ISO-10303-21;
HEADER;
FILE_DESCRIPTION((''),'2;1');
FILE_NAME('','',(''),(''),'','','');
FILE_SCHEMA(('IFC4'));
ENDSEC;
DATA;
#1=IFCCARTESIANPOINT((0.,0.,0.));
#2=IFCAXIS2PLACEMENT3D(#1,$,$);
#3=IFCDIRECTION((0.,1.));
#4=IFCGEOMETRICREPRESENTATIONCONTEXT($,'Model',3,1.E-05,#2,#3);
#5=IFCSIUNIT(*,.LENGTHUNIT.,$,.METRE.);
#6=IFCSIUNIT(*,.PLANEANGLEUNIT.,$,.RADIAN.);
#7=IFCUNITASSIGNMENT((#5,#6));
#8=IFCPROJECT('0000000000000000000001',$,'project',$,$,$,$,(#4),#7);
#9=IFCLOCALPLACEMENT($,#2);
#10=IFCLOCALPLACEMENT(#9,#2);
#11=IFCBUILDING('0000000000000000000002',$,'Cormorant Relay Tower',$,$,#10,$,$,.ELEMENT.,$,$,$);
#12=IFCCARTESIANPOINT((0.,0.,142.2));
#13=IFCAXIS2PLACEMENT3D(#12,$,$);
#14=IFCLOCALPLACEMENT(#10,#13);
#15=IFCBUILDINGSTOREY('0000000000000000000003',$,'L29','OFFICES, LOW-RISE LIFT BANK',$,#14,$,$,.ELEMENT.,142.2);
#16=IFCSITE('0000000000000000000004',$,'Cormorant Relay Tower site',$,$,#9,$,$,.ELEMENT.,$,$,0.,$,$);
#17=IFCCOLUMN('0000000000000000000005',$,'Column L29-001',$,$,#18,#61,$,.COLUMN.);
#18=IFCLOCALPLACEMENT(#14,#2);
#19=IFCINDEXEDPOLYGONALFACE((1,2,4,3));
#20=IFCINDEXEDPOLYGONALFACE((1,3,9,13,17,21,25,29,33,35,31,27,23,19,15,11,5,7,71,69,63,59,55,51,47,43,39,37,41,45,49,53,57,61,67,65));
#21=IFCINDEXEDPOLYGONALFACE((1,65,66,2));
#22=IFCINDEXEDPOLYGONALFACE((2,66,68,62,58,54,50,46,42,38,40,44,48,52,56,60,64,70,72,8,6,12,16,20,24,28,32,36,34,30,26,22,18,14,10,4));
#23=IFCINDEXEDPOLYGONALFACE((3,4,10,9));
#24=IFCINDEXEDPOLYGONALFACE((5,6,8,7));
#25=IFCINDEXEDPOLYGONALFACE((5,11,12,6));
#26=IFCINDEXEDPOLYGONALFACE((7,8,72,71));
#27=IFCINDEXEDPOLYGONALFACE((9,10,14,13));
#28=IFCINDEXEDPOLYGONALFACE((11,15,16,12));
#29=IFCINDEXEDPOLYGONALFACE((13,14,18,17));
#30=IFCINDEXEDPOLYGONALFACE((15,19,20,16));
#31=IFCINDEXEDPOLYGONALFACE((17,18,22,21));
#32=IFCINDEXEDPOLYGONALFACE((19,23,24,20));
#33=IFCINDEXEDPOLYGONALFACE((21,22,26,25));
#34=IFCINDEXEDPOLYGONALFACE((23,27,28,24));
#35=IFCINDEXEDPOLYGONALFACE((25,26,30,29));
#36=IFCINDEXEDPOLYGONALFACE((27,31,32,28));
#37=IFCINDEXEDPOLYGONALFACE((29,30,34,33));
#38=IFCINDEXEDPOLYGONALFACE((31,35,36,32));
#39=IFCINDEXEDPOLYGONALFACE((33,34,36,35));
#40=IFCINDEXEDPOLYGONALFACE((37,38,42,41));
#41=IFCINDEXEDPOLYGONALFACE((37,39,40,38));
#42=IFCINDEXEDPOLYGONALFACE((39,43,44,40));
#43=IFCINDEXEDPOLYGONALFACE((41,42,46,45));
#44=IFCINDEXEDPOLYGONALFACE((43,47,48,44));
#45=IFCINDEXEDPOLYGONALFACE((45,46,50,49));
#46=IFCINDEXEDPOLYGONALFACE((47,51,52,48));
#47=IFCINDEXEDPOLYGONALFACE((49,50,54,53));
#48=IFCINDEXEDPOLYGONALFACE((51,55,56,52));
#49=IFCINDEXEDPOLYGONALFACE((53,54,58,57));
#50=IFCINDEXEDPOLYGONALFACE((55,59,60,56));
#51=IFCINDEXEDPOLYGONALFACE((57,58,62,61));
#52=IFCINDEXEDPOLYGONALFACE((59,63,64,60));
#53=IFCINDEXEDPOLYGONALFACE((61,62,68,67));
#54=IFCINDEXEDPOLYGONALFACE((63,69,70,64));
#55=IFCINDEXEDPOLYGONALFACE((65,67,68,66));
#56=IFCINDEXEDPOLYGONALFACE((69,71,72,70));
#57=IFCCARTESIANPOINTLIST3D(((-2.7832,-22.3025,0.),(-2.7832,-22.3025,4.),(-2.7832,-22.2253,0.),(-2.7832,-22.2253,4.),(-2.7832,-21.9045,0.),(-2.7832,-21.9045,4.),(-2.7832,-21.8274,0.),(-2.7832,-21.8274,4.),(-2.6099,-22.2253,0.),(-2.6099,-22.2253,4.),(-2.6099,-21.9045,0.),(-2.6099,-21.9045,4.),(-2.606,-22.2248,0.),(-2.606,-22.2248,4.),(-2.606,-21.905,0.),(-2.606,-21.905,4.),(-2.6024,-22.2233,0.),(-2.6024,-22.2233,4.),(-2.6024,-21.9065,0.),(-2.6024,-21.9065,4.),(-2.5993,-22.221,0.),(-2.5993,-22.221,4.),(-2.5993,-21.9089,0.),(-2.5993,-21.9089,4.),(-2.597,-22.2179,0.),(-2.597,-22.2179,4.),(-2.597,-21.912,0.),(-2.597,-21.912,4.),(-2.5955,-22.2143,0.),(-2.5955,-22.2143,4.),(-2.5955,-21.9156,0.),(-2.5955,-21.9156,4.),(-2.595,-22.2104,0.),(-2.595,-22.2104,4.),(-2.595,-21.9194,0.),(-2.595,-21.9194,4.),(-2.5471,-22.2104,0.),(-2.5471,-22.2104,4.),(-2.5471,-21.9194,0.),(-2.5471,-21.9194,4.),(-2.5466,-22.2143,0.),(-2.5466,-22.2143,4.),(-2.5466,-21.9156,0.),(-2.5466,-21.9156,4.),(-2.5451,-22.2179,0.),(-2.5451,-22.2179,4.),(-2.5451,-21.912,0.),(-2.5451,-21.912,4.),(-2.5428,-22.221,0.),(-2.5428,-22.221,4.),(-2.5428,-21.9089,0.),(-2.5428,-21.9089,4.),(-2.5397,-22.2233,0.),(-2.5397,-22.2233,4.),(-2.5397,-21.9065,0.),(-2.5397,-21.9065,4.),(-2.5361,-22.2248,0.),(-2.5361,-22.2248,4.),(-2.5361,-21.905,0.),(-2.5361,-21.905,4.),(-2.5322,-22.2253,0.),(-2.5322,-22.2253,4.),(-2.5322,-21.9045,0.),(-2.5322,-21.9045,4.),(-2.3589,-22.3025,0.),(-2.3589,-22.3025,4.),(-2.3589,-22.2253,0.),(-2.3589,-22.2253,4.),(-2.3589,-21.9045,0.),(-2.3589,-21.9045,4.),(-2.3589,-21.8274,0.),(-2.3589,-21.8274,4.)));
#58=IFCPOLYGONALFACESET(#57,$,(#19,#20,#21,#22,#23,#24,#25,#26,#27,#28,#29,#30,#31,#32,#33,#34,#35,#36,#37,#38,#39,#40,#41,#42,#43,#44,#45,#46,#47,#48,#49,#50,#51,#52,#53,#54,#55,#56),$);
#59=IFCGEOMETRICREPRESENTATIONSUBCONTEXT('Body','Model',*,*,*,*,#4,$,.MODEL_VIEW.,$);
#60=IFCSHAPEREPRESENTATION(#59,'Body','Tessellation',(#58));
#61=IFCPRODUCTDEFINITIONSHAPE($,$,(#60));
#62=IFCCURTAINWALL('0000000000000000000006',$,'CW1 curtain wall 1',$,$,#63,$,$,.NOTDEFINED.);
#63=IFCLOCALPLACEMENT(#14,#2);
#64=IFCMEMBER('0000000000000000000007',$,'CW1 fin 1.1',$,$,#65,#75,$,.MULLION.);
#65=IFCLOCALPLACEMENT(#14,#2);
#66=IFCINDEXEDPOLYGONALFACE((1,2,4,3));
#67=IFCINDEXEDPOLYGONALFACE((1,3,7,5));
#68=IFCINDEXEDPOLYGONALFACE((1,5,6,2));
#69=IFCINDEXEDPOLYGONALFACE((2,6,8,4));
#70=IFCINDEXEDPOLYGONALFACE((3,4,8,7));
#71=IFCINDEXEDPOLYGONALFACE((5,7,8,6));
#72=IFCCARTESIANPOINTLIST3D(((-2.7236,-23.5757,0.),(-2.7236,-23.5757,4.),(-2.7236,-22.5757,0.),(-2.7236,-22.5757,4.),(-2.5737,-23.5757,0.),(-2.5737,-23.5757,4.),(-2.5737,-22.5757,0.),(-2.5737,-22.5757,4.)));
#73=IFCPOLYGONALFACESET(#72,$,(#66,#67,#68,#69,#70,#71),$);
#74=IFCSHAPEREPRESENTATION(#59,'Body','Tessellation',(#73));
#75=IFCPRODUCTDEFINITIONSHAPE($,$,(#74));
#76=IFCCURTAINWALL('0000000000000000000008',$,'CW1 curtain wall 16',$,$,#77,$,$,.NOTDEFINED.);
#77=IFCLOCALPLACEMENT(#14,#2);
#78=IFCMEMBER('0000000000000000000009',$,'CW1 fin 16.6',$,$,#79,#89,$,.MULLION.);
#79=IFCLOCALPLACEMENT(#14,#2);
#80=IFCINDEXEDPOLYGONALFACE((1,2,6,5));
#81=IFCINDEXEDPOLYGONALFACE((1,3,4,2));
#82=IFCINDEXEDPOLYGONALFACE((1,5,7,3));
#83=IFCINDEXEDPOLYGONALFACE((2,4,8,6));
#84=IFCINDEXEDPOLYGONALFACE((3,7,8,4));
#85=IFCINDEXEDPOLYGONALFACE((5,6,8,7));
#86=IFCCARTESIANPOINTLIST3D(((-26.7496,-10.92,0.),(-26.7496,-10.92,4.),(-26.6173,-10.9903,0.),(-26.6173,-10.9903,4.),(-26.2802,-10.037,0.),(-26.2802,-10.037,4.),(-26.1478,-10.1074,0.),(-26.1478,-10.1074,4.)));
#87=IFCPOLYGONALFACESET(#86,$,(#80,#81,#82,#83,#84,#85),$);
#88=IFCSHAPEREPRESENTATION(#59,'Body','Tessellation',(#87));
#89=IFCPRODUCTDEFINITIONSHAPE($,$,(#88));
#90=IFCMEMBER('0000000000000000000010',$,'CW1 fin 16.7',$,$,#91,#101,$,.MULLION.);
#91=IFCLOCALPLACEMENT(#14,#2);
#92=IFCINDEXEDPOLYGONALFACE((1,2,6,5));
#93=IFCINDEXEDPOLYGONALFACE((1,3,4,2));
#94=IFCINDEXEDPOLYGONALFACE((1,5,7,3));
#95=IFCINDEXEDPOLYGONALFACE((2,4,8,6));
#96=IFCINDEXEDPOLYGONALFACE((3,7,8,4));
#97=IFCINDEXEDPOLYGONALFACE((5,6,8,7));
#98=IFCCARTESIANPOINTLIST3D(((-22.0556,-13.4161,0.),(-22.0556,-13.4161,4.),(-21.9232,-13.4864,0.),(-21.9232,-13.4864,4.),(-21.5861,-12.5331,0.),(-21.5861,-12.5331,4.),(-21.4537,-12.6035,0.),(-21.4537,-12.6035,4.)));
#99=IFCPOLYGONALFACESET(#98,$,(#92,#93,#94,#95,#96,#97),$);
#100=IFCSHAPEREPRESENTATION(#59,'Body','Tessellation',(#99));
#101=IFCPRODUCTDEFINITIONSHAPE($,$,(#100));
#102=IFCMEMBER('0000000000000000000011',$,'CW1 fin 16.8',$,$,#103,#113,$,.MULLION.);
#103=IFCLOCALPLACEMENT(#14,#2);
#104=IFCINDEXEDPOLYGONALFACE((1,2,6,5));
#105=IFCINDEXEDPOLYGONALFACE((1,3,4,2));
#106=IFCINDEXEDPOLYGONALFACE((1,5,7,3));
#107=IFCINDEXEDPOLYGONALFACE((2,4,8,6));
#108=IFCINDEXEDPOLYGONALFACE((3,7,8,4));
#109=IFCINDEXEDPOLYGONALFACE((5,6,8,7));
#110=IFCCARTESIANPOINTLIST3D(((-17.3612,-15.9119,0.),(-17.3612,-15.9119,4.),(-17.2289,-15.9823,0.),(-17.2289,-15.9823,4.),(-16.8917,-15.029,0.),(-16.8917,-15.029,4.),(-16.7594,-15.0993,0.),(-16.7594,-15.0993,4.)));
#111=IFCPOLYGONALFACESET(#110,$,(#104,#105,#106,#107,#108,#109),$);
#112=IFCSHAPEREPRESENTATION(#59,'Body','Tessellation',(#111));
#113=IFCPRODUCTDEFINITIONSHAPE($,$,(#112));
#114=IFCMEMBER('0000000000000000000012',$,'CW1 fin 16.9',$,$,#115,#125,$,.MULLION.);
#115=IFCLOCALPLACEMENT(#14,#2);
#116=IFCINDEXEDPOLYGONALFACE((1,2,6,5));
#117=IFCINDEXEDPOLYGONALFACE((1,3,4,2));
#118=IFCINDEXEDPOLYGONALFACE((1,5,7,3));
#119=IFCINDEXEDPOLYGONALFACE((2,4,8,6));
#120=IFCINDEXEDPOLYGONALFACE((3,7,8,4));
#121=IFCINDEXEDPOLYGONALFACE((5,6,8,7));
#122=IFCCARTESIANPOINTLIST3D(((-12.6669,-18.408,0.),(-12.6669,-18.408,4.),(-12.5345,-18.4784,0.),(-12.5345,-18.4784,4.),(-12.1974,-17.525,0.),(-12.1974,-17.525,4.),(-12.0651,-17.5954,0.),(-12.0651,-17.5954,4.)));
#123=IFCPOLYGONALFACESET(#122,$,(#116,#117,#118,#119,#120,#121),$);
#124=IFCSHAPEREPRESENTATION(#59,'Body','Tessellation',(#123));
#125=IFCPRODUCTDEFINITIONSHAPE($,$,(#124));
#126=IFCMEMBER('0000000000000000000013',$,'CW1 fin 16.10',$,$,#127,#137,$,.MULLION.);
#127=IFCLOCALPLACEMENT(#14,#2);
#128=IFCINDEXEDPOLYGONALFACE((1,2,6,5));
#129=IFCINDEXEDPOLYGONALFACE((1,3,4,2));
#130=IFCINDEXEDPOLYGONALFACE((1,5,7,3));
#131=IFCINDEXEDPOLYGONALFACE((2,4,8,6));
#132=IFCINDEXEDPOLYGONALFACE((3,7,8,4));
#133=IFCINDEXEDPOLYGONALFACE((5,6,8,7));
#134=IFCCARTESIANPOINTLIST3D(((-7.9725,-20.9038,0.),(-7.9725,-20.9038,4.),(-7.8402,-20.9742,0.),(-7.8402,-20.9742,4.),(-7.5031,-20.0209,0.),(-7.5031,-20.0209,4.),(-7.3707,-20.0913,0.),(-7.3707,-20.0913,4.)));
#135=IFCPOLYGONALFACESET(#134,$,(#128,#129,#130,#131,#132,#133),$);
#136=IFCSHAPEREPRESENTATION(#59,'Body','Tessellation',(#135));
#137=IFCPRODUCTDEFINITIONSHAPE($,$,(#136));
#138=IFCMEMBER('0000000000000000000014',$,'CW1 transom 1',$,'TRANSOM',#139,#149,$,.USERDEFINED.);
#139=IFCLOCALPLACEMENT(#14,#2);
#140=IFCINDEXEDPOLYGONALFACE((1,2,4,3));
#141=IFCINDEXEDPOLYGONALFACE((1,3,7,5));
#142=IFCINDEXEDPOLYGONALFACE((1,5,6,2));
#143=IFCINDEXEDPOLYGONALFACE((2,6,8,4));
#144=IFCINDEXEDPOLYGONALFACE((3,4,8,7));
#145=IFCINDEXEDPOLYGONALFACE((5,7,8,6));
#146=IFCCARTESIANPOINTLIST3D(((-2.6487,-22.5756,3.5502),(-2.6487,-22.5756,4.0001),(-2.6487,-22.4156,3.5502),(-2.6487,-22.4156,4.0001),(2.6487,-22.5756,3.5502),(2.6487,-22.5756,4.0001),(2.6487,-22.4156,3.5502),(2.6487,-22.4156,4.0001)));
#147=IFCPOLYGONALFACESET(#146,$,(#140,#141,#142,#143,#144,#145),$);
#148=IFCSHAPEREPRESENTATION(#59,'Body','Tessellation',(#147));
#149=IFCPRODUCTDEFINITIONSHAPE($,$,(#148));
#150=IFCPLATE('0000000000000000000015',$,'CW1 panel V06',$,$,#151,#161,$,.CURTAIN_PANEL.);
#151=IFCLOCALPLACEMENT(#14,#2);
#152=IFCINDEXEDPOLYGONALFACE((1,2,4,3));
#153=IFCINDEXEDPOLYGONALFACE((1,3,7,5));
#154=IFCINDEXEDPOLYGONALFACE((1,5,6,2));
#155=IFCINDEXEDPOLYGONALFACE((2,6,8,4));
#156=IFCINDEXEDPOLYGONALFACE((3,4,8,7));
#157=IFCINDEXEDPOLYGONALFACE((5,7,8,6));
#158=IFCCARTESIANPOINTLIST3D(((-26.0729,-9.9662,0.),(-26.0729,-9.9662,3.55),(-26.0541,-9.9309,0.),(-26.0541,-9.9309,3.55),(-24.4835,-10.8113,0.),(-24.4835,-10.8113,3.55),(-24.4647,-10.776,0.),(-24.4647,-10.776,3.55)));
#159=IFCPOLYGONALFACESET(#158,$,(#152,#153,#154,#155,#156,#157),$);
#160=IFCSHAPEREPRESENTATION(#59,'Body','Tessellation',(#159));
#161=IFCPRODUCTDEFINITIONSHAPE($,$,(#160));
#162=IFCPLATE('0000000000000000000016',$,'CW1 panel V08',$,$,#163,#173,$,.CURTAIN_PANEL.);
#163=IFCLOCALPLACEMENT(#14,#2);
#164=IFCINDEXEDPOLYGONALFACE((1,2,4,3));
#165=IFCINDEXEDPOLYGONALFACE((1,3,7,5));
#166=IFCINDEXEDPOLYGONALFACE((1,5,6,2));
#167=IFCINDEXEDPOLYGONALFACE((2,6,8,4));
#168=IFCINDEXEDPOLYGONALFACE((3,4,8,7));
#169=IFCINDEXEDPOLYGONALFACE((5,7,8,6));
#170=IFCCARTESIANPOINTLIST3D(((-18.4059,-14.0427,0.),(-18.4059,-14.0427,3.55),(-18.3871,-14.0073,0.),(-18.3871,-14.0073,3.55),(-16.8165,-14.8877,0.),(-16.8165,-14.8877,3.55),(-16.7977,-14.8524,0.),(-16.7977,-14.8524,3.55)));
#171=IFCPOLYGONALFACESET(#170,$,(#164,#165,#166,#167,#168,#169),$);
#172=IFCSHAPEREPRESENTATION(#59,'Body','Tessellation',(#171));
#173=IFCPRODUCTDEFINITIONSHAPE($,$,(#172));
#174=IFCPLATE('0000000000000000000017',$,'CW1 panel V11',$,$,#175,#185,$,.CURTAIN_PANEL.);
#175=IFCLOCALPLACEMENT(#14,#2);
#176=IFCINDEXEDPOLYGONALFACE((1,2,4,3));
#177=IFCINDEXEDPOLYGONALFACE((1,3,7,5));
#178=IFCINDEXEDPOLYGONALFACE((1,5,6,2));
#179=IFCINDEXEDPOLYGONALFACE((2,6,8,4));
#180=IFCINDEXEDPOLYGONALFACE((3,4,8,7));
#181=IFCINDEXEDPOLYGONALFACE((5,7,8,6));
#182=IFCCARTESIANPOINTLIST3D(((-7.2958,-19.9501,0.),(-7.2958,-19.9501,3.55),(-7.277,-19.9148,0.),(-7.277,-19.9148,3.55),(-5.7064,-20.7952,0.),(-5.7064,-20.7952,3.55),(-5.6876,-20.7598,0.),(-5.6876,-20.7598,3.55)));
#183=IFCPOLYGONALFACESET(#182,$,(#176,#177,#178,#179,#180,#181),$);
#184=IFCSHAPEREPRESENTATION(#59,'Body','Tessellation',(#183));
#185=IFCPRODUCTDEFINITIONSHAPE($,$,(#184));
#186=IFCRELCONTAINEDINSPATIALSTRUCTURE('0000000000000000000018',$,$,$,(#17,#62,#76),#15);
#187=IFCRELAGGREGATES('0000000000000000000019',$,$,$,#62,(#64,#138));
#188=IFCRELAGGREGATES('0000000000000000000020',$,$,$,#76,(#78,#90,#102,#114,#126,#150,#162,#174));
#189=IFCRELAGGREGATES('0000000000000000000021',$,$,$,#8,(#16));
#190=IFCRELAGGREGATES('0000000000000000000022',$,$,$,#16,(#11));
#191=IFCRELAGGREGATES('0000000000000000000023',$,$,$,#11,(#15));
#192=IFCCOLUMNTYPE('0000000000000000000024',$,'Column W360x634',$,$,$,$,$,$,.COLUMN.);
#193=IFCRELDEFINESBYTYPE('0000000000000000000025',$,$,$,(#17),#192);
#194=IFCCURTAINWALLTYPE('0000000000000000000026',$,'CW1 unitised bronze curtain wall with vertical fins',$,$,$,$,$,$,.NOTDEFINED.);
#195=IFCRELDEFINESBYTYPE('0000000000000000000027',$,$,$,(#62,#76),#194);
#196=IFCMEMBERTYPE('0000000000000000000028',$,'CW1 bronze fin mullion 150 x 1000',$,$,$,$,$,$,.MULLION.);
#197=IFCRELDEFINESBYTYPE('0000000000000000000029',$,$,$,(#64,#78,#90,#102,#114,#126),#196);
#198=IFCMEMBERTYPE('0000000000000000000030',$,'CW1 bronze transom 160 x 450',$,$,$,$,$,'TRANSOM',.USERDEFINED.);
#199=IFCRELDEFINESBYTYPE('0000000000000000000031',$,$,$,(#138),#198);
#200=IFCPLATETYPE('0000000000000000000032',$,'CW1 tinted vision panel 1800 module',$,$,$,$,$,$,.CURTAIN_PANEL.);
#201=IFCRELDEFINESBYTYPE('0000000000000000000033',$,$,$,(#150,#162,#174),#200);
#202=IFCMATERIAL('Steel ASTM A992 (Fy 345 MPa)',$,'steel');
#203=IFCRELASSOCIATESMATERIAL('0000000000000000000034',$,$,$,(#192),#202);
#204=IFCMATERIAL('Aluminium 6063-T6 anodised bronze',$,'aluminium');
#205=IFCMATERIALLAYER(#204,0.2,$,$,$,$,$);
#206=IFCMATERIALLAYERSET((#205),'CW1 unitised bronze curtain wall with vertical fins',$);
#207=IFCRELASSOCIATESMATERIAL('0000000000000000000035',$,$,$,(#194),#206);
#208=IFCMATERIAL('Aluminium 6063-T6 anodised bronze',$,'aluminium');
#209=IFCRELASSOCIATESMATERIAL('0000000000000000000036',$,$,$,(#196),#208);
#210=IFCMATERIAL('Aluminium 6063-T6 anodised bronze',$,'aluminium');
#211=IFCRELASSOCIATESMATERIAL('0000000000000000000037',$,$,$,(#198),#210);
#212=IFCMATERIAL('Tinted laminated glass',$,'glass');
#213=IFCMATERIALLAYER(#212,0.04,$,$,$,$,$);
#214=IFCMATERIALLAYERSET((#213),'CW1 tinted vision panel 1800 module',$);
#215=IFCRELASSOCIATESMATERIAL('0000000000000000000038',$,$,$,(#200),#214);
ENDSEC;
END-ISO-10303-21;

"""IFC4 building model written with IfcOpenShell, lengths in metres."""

from ifc_helpers import new_model, si_unit, direction, frame, origin, origin_2d, place, context, subcontext, project, spatial, rectangle, i_section, extrude, material, layer, layer_set, material_profile, profile_set, type_object, element, aggregate, save


model = new_model("IFC4")

# Units and contexts
model_context = context("Model", 3, precision=1e-05, world=origin(), true_north=direction((0.0, 1.0)))
body_context = subcontext(model_context, "Body", "Model", "MODEL_VIEW")
ifc_project = project(units=[si_unit("LENGTHUNIT", "METRE"), si_unit("PLANEANGLEUNIT", "RADIAN")], contexts=[model_context])

# Site, building, storey
site_placement = place(None, origin())
site = spatial("IfcSite", under=ifc_project, at=site_placement, Name="Cormorant Relay Tower site", CompositionType="ELEMENT", RefElevation=0.0)
building_placement = place(site_placement, origin())
building = spatial("IfcBuilding", under=site, at=building_placement, Name="Cormorant Relay Tower", CompositionType="ELEMENT")
storey_placement = place(building_placement, frame((0.0, 0.0, 142.2)))
storey = spatial("IfcBuildingStorey", under=building, at=storey_placement, Name="L29", Description="OFFICES, LOW-RISE LIFT BANK", CompositionType="ELEMENT", Elevation=142.2)

# Column
ifc_material_1 = material(Name="Steel ASTM A992 (Fy 345 MPa)", Category="steel")
ifc_material_profile_1 = material_profile(ifc_material_1, i_section(OverallWidth=0.4243, OverallDepth=0.4751, WebThickness=0.0479, FlangeThickness=0.0771, FilletRadius=0.0149, at=origin_2d()), Name="W360x634")
ifc_profile_set_1 = profile_set([ifc_material_profile_1], Name="Steel ASTM A992 (Fy 345 MPa)")
column_type_1 = type_object("IfcColumnType", Name="Column W360x634", PredefinedType="COLUMN", material=ifc_profile_set_1)
column_1_placement = place(storey_placement, frame((-2.571, -22.0649, 0.0), z_axis=(0.0, 0.0, 1.0), x_axis=(1.0, 0.0, 0.0)))
element("IfcColumn", 1, at=column_1_placement, inside=storey, type_object=column_type_1, Name="Column L29-001", PredefinedType="COLUMN", context=body_context, shape_type="SweptSolid", body=[
    extrude(i_section(OverallWidth=0.4243, OverallDepth=0.4751, WebThickness=0.0479, FlangeThickness=0.0771, FilletRadius=0.0149, at=origin_2d()), origin(), (0.0, 0.0, 1.0), 4.0),
])

# Curtain wall, member
ifc_material_2 = material(Name="Aluminium 6063-T6 anodised bronze", Category="aluminium")
ifc_layer_1 = layer(ifc_material_2, 0.2)
ifc_layer_set_1 = layer_set([ifc_layer_1], Name="CW1 unitised bronze curtain wall with vertical fins")
curtain_wall_type = type_object("IfcCurtainWallType", Name="CW1 unitised bronze curtain wall with vertical fins", PredefinedType="NOTDEFINED", material=ifc_layer_set_1)
curtain_wall_1_placement = place(storey_placement, origin())
curtain_wall_1 = element("IfcCurtainWall", 2, at=curtain_wall_1_placement, inside=storey, type_object=curtain_wall_type, Name="CW1 curtain wall 1", PredefinedType="NOTDEFINED")
ifc_material_3 = material(Name="Aluminium 6063-T6 anodised bronze", Category="aluminium")
ifc_material_profile_2 = material_profile(ifc_material_3, rectangle(XDim=0.1499, YDim=1.0, at=origin_2d()), Name="AL 150x1000")
ifc_profile_set_2 = profile_set([ifc_material_profile_2], Name="Aluminium 6063-T6 anodised bronze")
member_type_1 = type_object("IfcMemberType", Name="CW1 bronze fin mullion 150 x 1000", PredefinedType="MULLION", material=ifc_profile_set_2)
member_1_placement = place(storey_placement, frame((-2.6487, -23.0757, 0.0), z_axis=(0.0, 0.0, 1.0), x_axis=(1.0, 0.0, 0.0)))
member_1 = element("IfcMember", 3, at=member_1_placement, type_object=member_type_1, Name="CW1 fin 1.1", PredefinedType="MULLION", context=body_context, shape_type="SweptSolid", body=[
    extrude(rectangle(XDim=0.1499, YDim=1.0, at=origin_2d()), origin(), (0.0, 0.0, 1.0), 4.0),
])

# Curtain wall, members
curtain_wall_2_placement = place(storey_placement, origin())
curtain_wall_2 = element("IfcCurtainWall", 4, at=curtain_wall_2_placement, inside=storey, type_object=curtain_wall_type, Name="CW1 curtain wall 16", PredefinedType="NOTDEFINED")
member_2_placement = place(storey_placement, frame((-26.4487, -10.5137, 0.0), z_axis=(0.0, 0.0, 1.0), x_axis=(0.882948, -0.469472, 0.0)))
member_2 = element("IfcMember", 5, at=member_2_placement, type_object=member_type_1, Name="CW1 fin 16.6", PredefinedType="MULLION", context=body_context, shape_type="SweptSolid", body=[
    extrude(rectangle(XDim=0.1499, YDim=1.0, at=origin_2d()), origin(), (0.0, 0.0, 1.0), 4.0),
])
member_3_placement = place(storey_placement, frame((-21.7546, -13.0098, 0.0), z_axis=(0.0, 0.0, 1.0), x_axis=(0.882948, -0.469472, 0.0)))
member_3 = element("IfcMember", 6, at=member_3_placement, type_object=member_type_1, Name="CW1 fin 16.7", PredefinedType="MULLION", context=body_context, shape_type="SweptSolid", body=[
    extrude(rectangle(XDim=0.1499, YDim=1.0, at=origin_2d()), origin(), (0.0, 0.0, 1.0), 4.0),
])
member_4_placement = place(storey_placement, frame((-17.0603, -15.5056, 0.0), z_axis=(0.0, 0.0, 1.0), x_axis=(0.882948, -0.469472, 0.0)))
member_4 = element("IfcMember", 7, at=member_4_placement, type_object=member_type_1, Name="CW1 fin 16.8", PredefinedType="MULLION", context=body_context, shape_type="SweptSolid", body=[
    extrude(rectangle(XDim=0.1499, YDim=1.0, at=origin_2d()), origin(), (0.0, 0.0, 1.0), 4.0),
])
member_5_placement = place(storey_placement, frame((-12.366, -18.0017, 0.0), z_axis=(0.0, 0.0, 1.0), x_axis=(0.882948, -0.469472, 0.0)))
member_5 = element("IfcMember", 8, at=member_5_placement, type_object=member_type_1, Name="CW1 fin 16.9", PredefinedType="MULLION", context=body_context, shape_type="SweptSolid", body=[
    extrude(rectangle(XDim=0.1499, YDim=1.0, at=origin_2d()), origin(), (0.0, 0.0, 1.0), 4.0),
])
member_6_placement = place(storey_placement, frame((-7.6716, -20.4976, 0.0), z_axis=(0.0, 0.0, 1.0), x_axis=(0.882948, -0.469472, 0.0)))
member_6 = element("IfcMember", 9, at=member_6_placement, type_object=member_type_1, Name="CW1 fin 16.10", PredefinedType="MULLION", context=body_context, shape_type="SweptSolid", body=[
    extrude(rectangle(XDim=0.1499, YDim=1.0, at=origin_2d()), origin(), (0.0, 0.0, 1.0), 4.0),
])

# Member
ifc_material_4 = material(Name="Aluminium 6063-T6 anodised bronze", Category="aluminium")
ifc_material_profile_3 = material_profile(ifc_material_4, rectangle(XDim=0.1599, YDim=0.45, at=origin_2d()), Name="AL 160x450")
ifc_profile_set_3 = profile_set([ifc_material_profile_3], Name="Aluminium 6063-T6 anodised bronze")
member_type_2 = type_object("IfcMemberType", Name="CW1 bronze transom 160 x 450", ElementType="TRANSOM", PredefinedType="USERDEFINED", material=ifc_profile_set_3)
member_7_placement = place(storey_placement, frame((-2.6487, -22.4956, 3.7751), z_axis=(1.0, 0.0, 0.0), x_axis=(0.0, 1.0, 0.0)))
member_7 = element("IfcMember", 10, at=member_7_placement, type_object=member_type_2, Name="CW1 transom 1", ObjectType="TRANSOM", PredefinedType="USERDEFINED", context=body_context, shape_type="SweptSolid", body=[
    extrude(rectangle(XDim=0.1599, YDim=0.45, at=origin_2d()), origin(), (0.0, 0.0, 1.0), 5.2974),
])
aggregate(curtain_wall_1, [member_1, member_7])

# Plates
ifc_material_5 = material(Name="Tinted laminated glass", Category="glass")
ifc_layer_2 = layer(ifc_material_5, 0.04)
ifc_layer_set_2 = layer_set([ifc_layer_2], Name="CW1 tinted vision panel 1800 module")
plate_type_1 = type_object("IfcPlateType", Name="CW1 tinted vision panel 1800 module", PredefinedType="CURTAIN_PANEL", material=ifc_layer_set_2)
plate_1_placement = place(storey_placement, frame((-25.2688, -10.3711, 0.0), z_axis=(0.0, 0.0, 1.0), x_axis=(0.882948, -0.469472, 0.0)))
plate_1 = element("IfcPlate", 11, at=plate_1_placement, type_object=plate_type_1, Name="CW1 panel V06", PredefinedType="CURTAIN_PANEL", context=body_context, shape_type="SweptSolid", body=[
    extrude(rectangle(XDim=1.8, YDim=0.04, at=origin_2d()), origin(), (0.0, 0.0, 1.0), 3.55),
])
plate_2_placement = place(storey_placement, frame((-17.6018, -14.4475, 0.0), z_axis=(0.0, 0.0, 1.0), x_axis=(0.882948, -0.469472, 0.0)))
plate_2 = element("IfcPlate", 12, at=plate_2_placement, type_object=plate_type_1, Name="CW1 panel V08", PredefinedType="CURTAIN_PANEL", context=body_context, shape_type="SweptSolid", body=[
    extrude(rectangle(XDim=1.8, YDim=0.04, at=origin_2d()), origin(), (0.0, 0.0, 1.0), 3.55),
])
plate_3_placement = place(storey_placement, frame((-6.4917, -20.355, 0.0), z_axis=(0.0, 0.0, 1.0), x_axis=(0.882948, -0.469472, 0.0)))
plate_3 = element("IfcPlate", 13, at=plate_3_placement, type_object=plate_type_1, Name="CW1 panel V11", PredefinedType="CURTAIN_PANEL", context=body_context, shape_type="SweptSolid", body=[
    extrude(rectangle(XDim=1.8, YDim=0.04, at=origin_2d()), origin(), (0.0, 0.0, 1.0), 3.55),
])

aggregate(curtain_wall_2, [member_2, member_3, member_4, member_5, member_6, plate_1, plate_2, plate_3])

save(model, "model.ifc")
